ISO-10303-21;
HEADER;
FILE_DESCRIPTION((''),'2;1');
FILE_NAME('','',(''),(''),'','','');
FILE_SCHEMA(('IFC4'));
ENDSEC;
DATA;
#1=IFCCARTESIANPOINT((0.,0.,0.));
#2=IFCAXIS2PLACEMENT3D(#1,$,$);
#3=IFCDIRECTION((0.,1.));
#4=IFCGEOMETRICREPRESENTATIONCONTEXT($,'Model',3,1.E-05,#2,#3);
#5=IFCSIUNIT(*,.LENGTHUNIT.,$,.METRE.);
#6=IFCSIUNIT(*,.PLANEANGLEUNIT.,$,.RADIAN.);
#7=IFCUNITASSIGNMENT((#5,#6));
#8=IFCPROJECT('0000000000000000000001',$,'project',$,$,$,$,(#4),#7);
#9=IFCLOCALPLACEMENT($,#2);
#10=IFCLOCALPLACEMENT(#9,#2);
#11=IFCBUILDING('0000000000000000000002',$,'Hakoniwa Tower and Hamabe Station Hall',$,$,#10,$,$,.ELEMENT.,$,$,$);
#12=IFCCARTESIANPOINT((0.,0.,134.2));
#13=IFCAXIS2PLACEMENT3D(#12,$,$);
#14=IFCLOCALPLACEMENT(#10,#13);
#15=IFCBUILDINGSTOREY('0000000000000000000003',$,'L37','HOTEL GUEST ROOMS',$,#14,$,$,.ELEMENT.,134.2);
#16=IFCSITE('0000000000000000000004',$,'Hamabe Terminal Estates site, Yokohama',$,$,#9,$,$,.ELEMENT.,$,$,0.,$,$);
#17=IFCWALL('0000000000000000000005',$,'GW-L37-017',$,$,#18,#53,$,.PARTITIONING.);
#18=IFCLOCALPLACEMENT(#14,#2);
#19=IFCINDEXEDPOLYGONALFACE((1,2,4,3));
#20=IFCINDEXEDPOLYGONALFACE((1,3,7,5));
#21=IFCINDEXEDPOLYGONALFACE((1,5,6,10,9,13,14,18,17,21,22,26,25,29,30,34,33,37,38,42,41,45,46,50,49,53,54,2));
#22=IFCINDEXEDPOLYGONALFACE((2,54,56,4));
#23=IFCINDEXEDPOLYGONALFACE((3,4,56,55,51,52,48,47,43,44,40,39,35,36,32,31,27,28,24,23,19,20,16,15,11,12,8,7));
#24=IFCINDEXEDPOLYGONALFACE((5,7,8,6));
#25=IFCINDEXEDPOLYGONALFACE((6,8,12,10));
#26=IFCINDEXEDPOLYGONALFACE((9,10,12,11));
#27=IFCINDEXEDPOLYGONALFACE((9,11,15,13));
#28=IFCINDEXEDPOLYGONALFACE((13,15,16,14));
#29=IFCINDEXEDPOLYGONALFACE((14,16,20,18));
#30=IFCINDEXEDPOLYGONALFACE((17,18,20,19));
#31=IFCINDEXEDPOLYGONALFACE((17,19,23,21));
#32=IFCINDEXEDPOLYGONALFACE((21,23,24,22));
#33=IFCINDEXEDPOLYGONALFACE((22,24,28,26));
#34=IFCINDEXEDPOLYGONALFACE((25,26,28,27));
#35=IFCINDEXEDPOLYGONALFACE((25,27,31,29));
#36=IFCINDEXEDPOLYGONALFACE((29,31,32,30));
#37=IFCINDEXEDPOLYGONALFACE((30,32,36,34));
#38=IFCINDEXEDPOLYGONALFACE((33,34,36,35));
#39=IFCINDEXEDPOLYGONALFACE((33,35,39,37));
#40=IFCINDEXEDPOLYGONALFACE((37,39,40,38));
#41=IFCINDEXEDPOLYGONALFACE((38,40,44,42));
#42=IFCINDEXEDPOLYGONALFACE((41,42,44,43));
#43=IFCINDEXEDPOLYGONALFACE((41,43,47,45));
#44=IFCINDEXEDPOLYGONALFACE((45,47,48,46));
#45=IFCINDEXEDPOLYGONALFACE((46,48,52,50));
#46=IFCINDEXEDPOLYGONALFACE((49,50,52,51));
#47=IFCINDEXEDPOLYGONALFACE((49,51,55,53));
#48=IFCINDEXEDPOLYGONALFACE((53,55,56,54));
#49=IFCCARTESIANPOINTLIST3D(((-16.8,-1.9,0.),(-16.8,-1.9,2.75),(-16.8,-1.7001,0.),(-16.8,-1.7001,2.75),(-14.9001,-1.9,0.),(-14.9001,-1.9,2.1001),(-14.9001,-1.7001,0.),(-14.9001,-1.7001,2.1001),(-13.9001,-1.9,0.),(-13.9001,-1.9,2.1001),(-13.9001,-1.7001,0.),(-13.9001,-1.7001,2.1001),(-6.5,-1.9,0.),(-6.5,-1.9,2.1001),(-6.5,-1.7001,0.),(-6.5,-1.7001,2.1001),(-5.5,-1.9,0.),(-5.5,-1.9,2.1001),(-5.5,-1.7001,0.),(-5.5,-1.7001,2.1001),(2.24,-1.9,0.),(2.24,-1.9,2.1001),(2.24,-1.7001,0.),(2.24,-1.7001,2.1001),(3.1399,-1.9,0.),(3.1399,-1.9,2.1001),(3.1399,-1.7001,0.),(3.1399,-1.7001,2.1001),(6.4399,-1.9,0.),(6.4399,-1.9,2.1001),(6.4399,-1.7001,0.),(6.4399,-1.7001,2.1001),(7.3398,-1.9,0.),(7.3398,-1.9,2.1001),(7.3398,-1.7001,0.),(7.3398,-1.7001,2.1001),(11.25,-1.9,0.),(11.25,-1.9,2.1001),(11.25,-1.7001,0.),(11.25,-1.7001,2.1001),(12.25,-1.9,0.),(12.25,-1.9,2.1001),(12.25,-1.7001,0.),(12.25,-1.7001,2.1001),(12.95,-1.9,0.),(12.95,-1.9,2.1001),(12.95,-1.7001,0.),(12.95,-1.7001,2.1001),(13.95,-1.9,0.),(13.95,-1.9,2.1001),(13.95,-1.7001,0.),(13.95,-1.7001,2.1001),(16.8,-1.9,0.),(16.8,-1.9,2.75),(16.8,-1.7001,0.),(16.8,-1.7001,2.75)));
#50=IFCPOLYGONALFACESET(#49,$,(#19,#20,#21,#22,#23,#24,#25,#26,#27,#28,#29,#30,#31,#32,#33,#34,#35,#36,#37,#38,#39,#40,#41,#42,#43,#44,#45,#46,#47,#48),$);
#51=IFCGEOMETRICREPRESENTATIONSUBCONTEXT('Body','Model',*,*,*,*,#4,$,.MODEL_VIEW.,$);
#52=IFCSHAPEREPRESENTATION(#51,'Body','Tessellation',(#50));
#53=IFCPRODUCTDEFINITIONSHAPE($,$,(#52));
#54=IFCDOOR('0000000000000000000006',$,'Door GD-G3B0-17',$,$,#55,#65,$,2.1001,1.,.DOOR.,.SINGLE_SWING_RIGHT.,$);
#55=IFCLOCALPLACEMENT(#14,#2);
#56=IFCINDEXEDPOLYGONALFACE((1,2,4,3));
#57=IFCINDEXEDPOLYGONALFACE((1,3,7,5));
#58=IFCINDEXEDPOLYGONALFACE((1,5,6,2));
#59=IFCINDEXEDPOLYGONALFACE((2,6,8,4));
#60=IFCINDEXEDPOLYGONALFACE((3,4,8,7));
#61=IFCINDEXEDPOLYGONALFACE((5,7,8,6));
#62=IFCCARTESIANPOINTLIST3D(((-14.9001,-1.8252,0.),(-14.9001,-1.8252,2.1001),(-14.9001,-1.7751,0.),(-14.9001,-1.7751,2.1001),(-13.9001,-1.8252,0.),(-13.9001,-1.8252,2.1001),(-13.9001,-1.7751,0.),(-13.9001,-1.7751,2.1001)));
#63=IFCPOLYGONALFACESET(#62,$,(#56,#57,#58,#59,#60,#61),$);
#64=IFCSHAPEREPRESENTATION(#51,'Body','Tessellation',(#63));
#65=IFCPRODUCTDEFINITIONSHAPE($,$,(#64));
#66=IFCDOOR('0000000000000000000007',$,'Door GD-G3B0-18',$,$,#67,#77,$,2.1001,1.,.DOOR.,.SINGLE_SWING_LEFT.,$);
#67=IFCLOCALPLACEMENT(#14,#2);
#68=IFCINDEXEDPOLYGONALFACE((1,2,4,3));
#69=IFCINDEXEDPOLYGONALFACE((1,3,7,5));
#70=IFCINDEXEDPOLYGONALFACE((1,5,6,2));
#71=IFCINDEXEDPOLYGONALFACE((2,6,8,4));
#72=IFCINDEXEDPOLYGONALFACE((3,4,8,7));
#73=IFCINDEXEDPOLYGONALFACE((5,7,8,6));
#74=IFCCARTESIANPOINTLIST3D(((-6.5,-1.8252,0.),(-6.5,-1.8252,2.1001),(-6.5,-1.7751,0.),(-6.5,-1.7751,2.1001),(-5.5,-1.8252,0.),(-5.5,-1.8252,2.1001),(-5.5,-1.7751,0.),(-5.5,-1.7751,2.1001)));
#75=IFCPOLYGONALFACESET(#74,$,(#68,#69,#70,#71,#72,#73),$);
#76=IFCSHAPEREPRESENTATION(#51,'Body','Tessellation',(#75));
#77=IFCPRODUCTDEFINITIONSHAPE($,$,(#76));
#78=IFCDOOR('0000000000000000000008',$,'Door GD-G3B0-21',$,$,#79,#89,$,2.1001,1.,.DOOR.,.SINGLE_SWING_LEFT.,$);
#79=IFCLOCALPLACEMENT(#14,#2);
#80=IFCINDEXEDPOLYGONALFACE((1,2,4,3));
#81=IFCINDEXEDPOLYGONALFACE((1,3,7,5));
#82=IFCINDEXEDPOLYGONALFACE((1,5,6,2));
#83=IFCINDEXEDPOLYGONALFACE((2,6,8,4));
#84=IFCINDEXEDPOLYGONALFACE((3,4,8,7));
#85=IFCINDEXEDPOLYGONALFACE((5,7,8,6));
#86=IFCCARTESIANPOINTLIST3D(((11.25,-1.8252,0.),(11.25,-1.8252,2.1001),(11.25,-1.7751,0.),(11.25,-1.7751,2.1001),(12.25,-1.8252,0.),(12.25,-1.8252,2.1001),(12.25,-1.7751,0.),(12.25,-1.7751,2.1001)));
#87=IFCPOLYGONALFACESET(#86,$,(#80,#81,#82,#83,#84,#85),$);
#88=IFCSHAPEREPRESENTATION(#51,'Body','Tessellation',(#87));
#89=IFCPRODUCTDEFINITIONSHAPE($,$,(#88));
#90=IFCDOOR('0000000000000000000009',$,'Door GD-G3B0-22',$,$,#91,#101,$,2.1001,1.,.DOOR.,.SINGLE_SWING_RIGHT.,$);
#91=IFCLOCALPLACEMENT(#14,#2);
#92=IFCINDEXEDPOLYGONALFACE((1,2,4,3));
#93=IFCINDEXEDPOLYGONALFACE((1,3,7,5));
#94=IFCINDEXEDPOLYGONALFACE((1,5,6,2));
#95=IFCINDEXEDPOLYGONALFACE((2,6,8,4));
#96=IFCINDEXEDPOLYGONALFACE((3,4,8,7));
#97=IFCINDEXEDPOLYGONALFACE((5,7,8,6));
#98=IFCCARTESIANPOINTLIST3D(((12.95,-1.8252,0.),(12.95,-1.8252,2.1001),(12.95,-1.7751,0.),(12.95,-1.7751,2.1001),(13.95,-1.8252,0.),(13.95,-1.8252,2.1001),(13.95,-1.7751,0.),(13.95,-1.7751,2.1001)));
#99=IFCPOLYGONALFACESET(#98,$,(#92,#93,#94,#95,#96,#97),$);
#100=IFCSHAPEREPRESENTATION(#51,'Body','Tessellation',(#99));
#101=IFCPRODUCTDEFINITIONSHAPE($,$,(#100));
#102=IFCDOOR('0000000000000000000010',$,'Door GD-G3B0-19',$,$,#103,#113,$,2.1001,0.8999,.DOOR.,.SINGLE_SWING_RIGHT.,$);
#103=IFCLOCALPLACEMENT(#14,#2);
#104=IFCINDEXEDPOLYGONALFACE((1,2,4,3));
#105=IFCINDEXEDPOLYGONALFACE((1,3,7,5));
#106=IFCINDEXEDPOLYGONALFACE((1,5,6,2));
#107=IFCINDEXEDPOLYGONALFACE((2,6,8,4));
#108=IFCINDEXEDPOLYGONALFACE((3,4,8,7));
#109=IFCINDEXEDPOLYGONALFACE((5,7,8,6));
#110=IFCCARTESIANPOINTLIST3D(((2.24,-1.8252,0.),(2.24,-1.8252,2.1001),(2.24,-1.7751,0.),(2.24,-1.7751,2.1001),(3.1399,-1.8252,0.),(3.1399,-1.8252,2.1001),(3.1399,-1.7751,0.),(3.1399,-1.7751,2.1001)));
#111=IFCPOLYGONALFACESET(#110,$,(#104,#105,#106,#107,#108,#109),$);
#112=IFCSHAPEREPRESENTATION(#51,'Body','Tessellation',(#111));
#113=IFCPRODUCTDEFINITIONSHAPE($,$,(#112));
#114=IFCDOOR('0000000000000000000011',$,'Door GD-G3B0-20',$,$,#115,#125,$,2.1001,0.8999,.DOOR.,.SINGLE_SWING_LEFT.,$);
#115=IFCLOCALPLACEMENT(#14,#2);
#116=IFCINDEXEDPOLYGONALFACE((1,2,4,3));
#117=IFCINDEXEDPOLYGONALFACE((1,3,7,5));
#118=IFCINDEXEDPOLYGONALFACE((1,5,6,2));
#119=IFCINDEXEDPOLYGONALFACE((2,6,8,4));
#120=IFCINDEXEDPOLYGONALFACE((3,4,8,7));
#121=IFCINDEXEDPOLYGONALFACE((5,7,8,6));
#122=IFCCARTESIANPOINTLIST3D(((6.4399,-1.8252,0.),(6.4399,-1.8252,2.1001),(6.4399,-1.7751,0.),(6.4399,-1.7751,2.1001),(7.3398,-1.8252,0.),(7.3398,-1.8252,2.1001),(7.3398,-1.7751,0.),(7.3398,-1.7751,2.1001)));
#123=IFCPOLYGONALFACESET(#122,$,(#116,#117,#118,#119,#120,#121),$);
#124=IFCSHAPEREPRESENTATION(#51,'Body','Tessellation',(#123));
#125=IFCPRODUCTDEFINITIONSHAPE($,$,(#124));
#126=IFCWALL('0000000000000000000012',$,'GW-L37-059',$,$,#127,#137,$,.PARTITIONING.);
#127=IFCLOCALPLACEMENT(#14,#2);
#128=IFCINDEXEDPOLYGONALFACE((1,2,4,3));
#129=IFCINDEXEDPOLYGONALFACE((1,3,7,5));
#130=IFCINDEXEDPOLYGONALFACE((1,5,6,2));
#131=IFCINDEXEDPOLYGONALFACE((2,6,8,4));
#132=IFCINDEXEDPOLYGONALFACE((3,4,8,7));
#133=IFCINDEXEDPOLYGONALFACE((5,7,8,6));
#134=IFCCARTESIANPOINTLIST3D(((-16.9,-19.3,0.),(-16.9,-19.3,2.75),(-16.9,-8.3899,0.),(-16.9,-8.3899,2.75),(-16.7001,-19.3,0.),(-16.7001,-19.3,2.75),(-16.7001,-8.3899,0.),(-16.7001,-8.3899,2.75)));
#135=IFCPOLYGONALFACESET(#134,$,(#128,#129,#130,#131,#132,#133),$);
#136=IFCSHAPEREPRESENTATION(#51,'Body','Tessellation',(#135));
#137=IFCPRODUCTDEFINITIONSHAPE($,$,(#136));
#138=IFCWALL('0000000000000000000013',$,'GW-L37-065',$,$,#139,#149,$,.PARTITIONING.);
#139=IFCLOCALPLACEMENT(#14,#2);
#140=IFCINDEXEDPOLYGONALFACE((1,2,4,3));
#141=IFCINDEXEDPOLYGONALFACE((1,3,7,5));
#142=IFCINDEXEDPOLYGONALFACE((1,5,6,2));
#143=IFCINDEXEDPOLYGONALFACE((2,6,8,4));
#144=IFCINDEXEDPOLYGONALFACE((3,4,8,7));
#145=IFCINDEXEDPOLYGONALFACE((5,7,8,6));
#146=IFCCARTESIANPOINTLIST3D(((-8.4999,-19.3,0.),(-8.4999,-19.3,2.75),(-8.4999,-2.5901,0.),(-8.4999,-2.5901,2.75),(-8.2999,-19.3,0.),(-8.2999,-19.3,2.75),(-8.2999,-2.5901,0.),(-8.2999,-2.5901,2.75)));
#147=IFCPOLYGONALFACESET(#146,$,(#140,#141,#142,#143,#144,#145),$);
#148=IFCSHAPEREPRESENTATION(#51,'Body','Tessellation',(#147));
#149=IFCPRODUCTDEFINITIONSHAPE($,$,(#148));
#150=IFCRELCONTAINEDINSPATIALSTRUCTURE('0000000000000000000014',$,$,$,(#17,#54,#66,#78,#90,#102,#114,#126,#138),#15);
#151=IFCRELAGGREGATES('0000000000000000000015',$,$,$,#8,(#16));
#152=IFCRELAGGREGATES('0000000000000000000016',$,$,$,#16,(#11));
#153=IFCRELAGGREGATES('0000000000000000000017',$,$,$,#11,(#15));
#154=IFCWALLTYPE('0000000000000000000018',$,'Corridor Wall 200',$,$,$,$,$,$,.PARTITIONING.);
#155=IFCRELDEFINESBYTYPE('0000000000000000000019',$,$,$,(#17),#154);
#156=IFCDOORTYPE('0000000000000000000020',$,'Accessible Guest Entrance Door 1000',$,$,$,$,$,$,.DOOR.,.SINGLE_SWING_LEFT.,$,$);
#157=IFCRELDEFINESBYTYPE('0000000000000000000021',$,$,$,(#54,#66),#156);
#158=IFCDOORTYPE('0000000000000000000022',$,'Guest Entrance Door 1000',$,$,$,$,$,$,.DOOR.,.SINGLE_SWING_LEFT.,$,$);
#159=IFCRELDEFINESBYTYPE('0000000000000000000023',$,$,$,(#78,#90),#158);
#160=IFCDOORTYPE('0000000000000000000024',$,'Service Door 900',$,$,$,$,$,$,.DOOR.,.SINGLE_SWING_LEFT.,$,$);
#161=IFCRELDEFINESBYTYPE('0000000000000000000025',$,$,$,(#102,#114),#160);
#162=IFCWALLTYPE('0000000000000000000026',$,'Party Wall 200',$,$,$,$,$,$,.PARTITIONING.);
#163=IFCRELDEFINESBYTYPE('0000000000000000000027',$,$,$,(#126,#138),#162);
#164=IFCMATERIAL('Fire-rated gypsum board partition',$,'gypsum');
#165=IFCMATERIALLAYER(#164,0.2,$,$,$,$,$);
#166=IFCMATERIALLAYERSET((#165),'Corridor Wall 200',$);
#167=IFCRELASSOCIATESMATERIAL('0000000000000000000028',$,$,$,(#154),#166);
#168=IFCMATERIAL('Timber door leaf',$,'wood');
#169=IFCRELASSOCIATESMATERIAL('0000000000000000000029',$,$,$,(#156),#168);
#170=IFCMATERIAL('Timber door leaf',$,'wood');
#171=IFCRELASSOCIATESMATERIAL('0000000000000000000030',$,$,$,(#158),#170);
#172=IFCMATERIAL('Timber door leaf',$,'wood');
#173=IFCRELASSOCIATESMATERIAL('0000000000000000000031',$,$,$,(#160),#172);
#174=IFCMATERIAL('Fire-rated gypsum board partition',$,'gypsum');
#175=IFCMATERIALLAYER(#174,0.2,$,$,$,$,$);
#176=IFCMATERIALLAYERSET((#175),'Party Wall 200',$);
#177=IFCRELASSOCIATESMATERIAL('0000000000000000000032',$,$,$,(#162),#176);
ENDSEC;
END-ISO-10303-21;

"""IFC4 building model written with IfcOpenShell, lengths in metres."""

from ifc_helpers import new_model, si_unit, direction, frame, frame_2d, origin, place, context, subcontext, project, spatial, rectangle, extrude, material, layer, layer_set, type_object, element, fill, save


model = new_model("IFC4")

# Units and contexts
model_context = context("Model", 3, precision=1e-05, world=origin(), true_north=direction((0.0, 1.0)))
body_context = subcontext(model_context, "Body", "Model", "MODEL_VIEW")
ifc_project = project(units=[si_unit("LENGTHUNIT", "METRE"), si_unit("PLANEANGLEUNIT", "RADIAN")], contexts=[model_context])

# Site, building, storey
site_placement = place(None, origin())
site = spatial("IfcSite", under=ifc_project, at=site_placement, Name="Hamabe Terminal Estates site, Yokohama", CompositionType="ELEMENT", RefElevation=0.0)
building_placement = place(site_placement, origin())
building = spatial("IfcBuilding", under=site, at=building_placement, Name="Hakoniwa Tower and Hamabe Station Hall", CompositionType="ELEMENT")
storey_placement = place(building_placement, frame((0.0, 0.0, 134.2)))
storey = spatial("IfcBuildingStorey", under=building, at=storey_placement, Name="L37", Description="HOTEL GUEST ROOMS", CompositionType="ELEMENT", Elevation=134.2)

# Wall, openings, doors
ifc_material_1 = material(Name="Fire-rated gypsum board partition", Category="gypsum")
ifc_layer_1 = layer(ifc_material_1, 0.2)
ifc_layer_set_1 = layer_set([ifc_layer_1], Name="Corridor Wall 200")
wall_type_1 = type_object("IfcWallType", Name="Corridor Wall 200", PredefinedType="PARTITIONING", material=ifc_layer_set_1)
wall_1_placement = place(storey_placement, frame((-16.8, -1.8, 0.0), z_axis=(0.0, 0.0, 1.0), x_axis=(1.0, 0.0, 0.0)))
wall_1 = element("IfcWall", 1, at=wall_1_placement, inside=storey, type_object=wall_type_1, Name="GW-L37-017", PredefinedType="PARTITIONING", context=body_context, shape_type="SweptSolid", body=[
    extrude(rectangle(XDim=33.6001, YDim=0.2, at=frame_2d((16.8, 0.0))), origin(), (0.0, 0.0, 1.0), 2.75),
])
opening_1_placement = place(wall_1_placement, frame((1.8999, 0.0, 0.0)))
opening_1 = element("IfcOpeningElement", 2, at=opening_1_placement, cuts=wall_1, PredefinedType="OPENING", context=body_context, shape_type="SweptSolid", body=[
    extrude(rectangle(XDim=1.0, YDim=2.1001, at=frame_2d((0.5, 1.05))), frame((0.0, 0.1099, 0.0), z_axis=(0.0, -1.0, 0.0), x_axis=(1.0, 0.0, 0.0)), (0.0, 0.0, 1.0), 0.22),
])
opening_2_placement = place(wall_1_placement, frame((10.3, 0.0, 0.0)))
opening_2 = element("IfcOpeningElement", 3, at=opening_2_placement, cuts=wall_1, PredefinedType="OPENING", context=body_context, shape_type="SweptSolid", body=[
    extrude(rectangle(XDim=1.0, YDim=2.1001, at=frame_2d((0.5, 1.05))), frame((0.0, 0.1099, 0.0), z_axis=(0.0, -1.0, 0.0), x_axis=(1.0, 0.0, 0.0)), (0.0, 0.0, 1.0), 0.22),
])
opening_3_placement = place(wall_1_placement, frame((19.04, 0.0, 0.0)))
opening_3 = element("IfcOpeningElement", 4, at=opening_3_placement, cuts=wall_1, PredefinedType="OPENING", context=body_context, shape_type="SweptSolid", body=[
    extrude(rectangle(XDim=0.8999, YDim=2.1001, at=frame_2d((0.45, 1.05))), frame((0.0, 0.1099, 0.0), z_axis=(0.0, -1.0, 0.0), x_axis=(1.0, 0.0, 0.0)), (0.0, 0.0, 1.0), 0.22),
])
opening_4_placement = place(wall_1_placement, frame((23.24, 0.0, 0.0)))
opening_4 = element("IfcOpeningElement", 5, at=opening_4_placement, cuts=wall_1, PredefinedType="OPENING", context=body_context, shape_type="SweptSolid", body=[
    extrude(rectangle(XDim=0.8999, YDim=2.1001, at=frame_2d((0.45, 1.05))), frame((0.0, 0.1099, 0.0), z_axis=(0.0, -1.0, 0.0), x_axis=(1.0, 0.0, 0.0)), (0.0, 0.0, 1.0), 0.22),
])
opening_5_placement = place(wall_1_placement, frame((28.05, 0.0, 0.0)))
opening_5 = element("IfcOpeningElement", 6, at=opening_5_placement, cuts=wall_1, PredefinedType="OPENING", context=body_context, shape_type="SweptSolid", body=[
    extrude(rectangle(XDim=1.0, YDim=2.1001, at=frame_2d((0.5, 1.05))), frame((0.0, 0.1099, 0.0), z_axis=(0.0, -1.0, 0.0), x_axis=(1.0, 0.0, 0.0)), (0.0, 0.0, 1.0), 0.22),
])
opening_6_placement = place(wall_1_placement, frame((29.75, 0.0, 0.0)))
opening_6 = element("IfcOpeningElement", 7, at=opening_6_placement, cuts=wall_1, PredefinedType="OPENING", context=body_context, shape_type="SweptSolid", body=[
    extrude(rectangle(XDim=1.0, YDim=2.1001, at=frame_2d((0.5, 1.05))), frame((0.0, 0.1099, 0.0), z_axis=(0.0, -1.0, 0.0), x_axis=(1.0, 0.0, 0.0)), (0.0, 0.0, 1.0), 0.22),
])
ifc_material_2 = material(Name="Timber door leaf", Category="wood")
door_type_1 = type_object("IfcDoorType", Name="Accessible Guest Entrance Door 1000", OperationType="SINGLE_SWING_LEFT", PredefinedType="DOOR", material=ifc_material_2)
door_1_placement = place(opening_1_placement, origin())
door_1 = element("IfcDoor", 8, at=door_1_placement, inside=storey, type_object=door_type_1, Name="Door GD-G3B0-17", OperationType="SINGLE_SWING_RIGHT", OverallHeight=2.1001, OverallWidth=1.0, PredefinedType="DOOR", context=body_context, shape_type="SweptSolid", body=[
    extrude(rectangle(XDim=1.0, YDim=2.1001, at=frame_2d((0.5, 1.05))), frame((0.0, 0.0249, 0.0), z_axis=(0.0, -1.0, 0.0), x_axis=(1.0, 0.0, 0.0)), (0.0, 0.0, 1.0), 0.05),
])
fill(opening_1, door_1)
door_2_placement = place(opening_2_placement, origin())
door_2 = element("IfcDoor", 9, at=door_2_placement, inside=storey, type_object=door_type_1, Name="Door GD-G3B0-18", OperationType="SINGLE_SWING_LEFT", OverallHeight=2.1001, OverallWidth=1.0, PredefinedType="DOOR", context=body_context, shape_type="SweptSolid", body=[
    extrude(rectangle(XDim=1.0, YDim=2.1001, at=frame_2d((0.5, 1.05))), frame((0.0, 0.0249, 0.0), z_axis=(0.0, -1.0, 0.0), x_axis=(1.0, 0.0, 0.0)), (0.0, 0.0, 1.0), 0.05),
])
fill(opening_2, door_2)
ifc_material_3 = material(Name="Timber door leaf", Category="wood")
door_type_2 = type_object("IfcDoorType", Name="Guest Entrance Door 1000", OperationType="SINGLE_SWING_LEFT", PredefinedType="DOOR", material=ifc_material_3)
door_3_placement = place(opening_5_placement, origin())
door_3 = element("IfcDoor", 10, at=door_3_placement, inside=storey, type_object=door_type_2, Name="Door GD-G3B0-21", OperationType="SINGLE_SWING_LEFT", OverallHeight=2.1001, OverallWidth=1.0, PredefinedType="DOOR", context=body_context, shape_type="SweptSolid", body=[
    extrude(rectangle(XDim=1.0, YDim=2.1001, at=frame_2d((0.5, 1.05))), frame((0.0, 0.0249, 0.0), z_axis=(0.0, -1.0, 0.0), x_axis=(1.0, 0.0, 0.0)), (0.0, 0.0, 1.0), 0.05),
])
fill(opening_5, door_3)
door_4_placement = place(opening_6_placement, origin())
door_4 = element("IfcDoor", 11, at=door_4_placement, inside=storey, type_object=door_type_2, Name="Door GD-G3B0-22", OperationType="SINGLE_SWING_RIGHT", OverallHeight=2.1001, OverallWidth=1.0, PredefinedType="DOOR", context=body_context, shape_type="SweptSolid", body=[
    extrude(rectangle(XDim=1.0, YDim=2.1001, at=frame_2d((0.5, 1.05))), frame((0.0, 0.0249, 0.0), z_axis=(0.0, -1.0, 0.0), x_axis=(1.0, 0.0, 0.0)), (0.0, 0.0, 1.0), 0.05),
])
fill(opening_6, door_4)
ifc_material_4 = material(Name="Timber door leaf", Category="wood")
door_type_3 = type_object("IfcDoorType", Name="Service Door 900", OperationType="SINGLE_SWING_LEFT", PredefinedType="DOOR", material=ifc_material_4)
door_5_placement = place(opening_3_placement, origin())
door_5 = element("IfcDoor", 12, at=door_5_placement, inside=storey, type_object=door_type_3, Name="Door GD-G3B0-19", OperationType="SINGLE_SWING_RIGHT", OverallHeight=2.1001, OverallWidth=0.8999, PredefinedType="DOOR", context=body_context, shape_type="SweptSolid", body=[
    extrude(rectangle(XDim=0.8999, YDim=2.1001, at=frame_2d((0.45, 1.05))), frame((0.0, 0.0249, 0.0), z_axis=(0.0, -1.0, 0.0), x_axis=(1.0, 0.0, 0.0)), (0.0, 0.0, 1.0), 0.05),
])
fill(opening_3, door_5)
door_6_placement = place(opening_4_placement, origin())
door_6 = element("IfcDoor", 13, at=door_6_placement, inside=storey, type_object=door_type_3, Name="Door GD-G3B0-20", OperationType="SINGLE_SWING_LEFT", OverallHeight=2.1001, OverallWidth=0.8999, PredefinedType="DOOR", context=body_context, shape_type="SweptSolid", body=[
    extrude(rectangle(XDim=0.8999, YDim=2.1001, at=frame_2d((0.45, 1.05))), frame((0.0, 0.0249, 0.0), z_axis=(0.0, -1.0, 0.0), x_axis=(1.0, 0.0, 0.0)), (0.0, 0.0, 1.0), 0.05),
])
fill(opening_4, door_6)

# Walls
ifc_material_5 = material(Name="Fire-rated gypsum board partition", Category="gypsum")
ifc_layer_2 = layer(ifc_material_5, 0.2)
ifc_layer_set_2 = layer_set([ifc_layer_2], Name="Party Wall 200")
wall_type_2 = type_object("IfcWallType", Name="Party Wall 200", PredefinedType="PARTITIONING", material=ifc_layer_set_2)
wall_2_placement = place(storey_placement, frame((-16.8, -19.3, 0.0), z_axis=(0.0, 0.0, 1.0), x_axis=(0.0, 1.0, 0.0)))
element("IfcWall", 14, at=wall_2_placement, inside=storey, type_object=wall_type_2, Name="GW-L37-059", PredefinedType="PARTITIONING", context=body_context, shape_type="SweptSolid", body=[
    extrude(rectangle(XDim=10.9102, YDim=0.2, at=frame_2d((5.4551, 0.0))), origin(), (0.0, 0.0, 1.0), 2.75),
])
wall_3_placement = place(storey_placement, frame((-8.3999, -19.3, 0.0), z_axis=(0.0, 0.0, 1.0), x_axis=(0.0, 1.0, 0.0)))
element("IfcWall", 15, at=wall_3_placement, inside=storey, type_object=wall_type_2, Name="GW-L37-065", PredefinedType="PARTITIONING", context=body_context, shape_type="SweptSolid", body=[
    extrude(rectangle(XDim=16.71, YDim=0.2, at=frame_2d((8.355, 0.0))), origin(), (0.0, 0.0, 1.0), 2.75),
])

save(model, "model.ifc")
